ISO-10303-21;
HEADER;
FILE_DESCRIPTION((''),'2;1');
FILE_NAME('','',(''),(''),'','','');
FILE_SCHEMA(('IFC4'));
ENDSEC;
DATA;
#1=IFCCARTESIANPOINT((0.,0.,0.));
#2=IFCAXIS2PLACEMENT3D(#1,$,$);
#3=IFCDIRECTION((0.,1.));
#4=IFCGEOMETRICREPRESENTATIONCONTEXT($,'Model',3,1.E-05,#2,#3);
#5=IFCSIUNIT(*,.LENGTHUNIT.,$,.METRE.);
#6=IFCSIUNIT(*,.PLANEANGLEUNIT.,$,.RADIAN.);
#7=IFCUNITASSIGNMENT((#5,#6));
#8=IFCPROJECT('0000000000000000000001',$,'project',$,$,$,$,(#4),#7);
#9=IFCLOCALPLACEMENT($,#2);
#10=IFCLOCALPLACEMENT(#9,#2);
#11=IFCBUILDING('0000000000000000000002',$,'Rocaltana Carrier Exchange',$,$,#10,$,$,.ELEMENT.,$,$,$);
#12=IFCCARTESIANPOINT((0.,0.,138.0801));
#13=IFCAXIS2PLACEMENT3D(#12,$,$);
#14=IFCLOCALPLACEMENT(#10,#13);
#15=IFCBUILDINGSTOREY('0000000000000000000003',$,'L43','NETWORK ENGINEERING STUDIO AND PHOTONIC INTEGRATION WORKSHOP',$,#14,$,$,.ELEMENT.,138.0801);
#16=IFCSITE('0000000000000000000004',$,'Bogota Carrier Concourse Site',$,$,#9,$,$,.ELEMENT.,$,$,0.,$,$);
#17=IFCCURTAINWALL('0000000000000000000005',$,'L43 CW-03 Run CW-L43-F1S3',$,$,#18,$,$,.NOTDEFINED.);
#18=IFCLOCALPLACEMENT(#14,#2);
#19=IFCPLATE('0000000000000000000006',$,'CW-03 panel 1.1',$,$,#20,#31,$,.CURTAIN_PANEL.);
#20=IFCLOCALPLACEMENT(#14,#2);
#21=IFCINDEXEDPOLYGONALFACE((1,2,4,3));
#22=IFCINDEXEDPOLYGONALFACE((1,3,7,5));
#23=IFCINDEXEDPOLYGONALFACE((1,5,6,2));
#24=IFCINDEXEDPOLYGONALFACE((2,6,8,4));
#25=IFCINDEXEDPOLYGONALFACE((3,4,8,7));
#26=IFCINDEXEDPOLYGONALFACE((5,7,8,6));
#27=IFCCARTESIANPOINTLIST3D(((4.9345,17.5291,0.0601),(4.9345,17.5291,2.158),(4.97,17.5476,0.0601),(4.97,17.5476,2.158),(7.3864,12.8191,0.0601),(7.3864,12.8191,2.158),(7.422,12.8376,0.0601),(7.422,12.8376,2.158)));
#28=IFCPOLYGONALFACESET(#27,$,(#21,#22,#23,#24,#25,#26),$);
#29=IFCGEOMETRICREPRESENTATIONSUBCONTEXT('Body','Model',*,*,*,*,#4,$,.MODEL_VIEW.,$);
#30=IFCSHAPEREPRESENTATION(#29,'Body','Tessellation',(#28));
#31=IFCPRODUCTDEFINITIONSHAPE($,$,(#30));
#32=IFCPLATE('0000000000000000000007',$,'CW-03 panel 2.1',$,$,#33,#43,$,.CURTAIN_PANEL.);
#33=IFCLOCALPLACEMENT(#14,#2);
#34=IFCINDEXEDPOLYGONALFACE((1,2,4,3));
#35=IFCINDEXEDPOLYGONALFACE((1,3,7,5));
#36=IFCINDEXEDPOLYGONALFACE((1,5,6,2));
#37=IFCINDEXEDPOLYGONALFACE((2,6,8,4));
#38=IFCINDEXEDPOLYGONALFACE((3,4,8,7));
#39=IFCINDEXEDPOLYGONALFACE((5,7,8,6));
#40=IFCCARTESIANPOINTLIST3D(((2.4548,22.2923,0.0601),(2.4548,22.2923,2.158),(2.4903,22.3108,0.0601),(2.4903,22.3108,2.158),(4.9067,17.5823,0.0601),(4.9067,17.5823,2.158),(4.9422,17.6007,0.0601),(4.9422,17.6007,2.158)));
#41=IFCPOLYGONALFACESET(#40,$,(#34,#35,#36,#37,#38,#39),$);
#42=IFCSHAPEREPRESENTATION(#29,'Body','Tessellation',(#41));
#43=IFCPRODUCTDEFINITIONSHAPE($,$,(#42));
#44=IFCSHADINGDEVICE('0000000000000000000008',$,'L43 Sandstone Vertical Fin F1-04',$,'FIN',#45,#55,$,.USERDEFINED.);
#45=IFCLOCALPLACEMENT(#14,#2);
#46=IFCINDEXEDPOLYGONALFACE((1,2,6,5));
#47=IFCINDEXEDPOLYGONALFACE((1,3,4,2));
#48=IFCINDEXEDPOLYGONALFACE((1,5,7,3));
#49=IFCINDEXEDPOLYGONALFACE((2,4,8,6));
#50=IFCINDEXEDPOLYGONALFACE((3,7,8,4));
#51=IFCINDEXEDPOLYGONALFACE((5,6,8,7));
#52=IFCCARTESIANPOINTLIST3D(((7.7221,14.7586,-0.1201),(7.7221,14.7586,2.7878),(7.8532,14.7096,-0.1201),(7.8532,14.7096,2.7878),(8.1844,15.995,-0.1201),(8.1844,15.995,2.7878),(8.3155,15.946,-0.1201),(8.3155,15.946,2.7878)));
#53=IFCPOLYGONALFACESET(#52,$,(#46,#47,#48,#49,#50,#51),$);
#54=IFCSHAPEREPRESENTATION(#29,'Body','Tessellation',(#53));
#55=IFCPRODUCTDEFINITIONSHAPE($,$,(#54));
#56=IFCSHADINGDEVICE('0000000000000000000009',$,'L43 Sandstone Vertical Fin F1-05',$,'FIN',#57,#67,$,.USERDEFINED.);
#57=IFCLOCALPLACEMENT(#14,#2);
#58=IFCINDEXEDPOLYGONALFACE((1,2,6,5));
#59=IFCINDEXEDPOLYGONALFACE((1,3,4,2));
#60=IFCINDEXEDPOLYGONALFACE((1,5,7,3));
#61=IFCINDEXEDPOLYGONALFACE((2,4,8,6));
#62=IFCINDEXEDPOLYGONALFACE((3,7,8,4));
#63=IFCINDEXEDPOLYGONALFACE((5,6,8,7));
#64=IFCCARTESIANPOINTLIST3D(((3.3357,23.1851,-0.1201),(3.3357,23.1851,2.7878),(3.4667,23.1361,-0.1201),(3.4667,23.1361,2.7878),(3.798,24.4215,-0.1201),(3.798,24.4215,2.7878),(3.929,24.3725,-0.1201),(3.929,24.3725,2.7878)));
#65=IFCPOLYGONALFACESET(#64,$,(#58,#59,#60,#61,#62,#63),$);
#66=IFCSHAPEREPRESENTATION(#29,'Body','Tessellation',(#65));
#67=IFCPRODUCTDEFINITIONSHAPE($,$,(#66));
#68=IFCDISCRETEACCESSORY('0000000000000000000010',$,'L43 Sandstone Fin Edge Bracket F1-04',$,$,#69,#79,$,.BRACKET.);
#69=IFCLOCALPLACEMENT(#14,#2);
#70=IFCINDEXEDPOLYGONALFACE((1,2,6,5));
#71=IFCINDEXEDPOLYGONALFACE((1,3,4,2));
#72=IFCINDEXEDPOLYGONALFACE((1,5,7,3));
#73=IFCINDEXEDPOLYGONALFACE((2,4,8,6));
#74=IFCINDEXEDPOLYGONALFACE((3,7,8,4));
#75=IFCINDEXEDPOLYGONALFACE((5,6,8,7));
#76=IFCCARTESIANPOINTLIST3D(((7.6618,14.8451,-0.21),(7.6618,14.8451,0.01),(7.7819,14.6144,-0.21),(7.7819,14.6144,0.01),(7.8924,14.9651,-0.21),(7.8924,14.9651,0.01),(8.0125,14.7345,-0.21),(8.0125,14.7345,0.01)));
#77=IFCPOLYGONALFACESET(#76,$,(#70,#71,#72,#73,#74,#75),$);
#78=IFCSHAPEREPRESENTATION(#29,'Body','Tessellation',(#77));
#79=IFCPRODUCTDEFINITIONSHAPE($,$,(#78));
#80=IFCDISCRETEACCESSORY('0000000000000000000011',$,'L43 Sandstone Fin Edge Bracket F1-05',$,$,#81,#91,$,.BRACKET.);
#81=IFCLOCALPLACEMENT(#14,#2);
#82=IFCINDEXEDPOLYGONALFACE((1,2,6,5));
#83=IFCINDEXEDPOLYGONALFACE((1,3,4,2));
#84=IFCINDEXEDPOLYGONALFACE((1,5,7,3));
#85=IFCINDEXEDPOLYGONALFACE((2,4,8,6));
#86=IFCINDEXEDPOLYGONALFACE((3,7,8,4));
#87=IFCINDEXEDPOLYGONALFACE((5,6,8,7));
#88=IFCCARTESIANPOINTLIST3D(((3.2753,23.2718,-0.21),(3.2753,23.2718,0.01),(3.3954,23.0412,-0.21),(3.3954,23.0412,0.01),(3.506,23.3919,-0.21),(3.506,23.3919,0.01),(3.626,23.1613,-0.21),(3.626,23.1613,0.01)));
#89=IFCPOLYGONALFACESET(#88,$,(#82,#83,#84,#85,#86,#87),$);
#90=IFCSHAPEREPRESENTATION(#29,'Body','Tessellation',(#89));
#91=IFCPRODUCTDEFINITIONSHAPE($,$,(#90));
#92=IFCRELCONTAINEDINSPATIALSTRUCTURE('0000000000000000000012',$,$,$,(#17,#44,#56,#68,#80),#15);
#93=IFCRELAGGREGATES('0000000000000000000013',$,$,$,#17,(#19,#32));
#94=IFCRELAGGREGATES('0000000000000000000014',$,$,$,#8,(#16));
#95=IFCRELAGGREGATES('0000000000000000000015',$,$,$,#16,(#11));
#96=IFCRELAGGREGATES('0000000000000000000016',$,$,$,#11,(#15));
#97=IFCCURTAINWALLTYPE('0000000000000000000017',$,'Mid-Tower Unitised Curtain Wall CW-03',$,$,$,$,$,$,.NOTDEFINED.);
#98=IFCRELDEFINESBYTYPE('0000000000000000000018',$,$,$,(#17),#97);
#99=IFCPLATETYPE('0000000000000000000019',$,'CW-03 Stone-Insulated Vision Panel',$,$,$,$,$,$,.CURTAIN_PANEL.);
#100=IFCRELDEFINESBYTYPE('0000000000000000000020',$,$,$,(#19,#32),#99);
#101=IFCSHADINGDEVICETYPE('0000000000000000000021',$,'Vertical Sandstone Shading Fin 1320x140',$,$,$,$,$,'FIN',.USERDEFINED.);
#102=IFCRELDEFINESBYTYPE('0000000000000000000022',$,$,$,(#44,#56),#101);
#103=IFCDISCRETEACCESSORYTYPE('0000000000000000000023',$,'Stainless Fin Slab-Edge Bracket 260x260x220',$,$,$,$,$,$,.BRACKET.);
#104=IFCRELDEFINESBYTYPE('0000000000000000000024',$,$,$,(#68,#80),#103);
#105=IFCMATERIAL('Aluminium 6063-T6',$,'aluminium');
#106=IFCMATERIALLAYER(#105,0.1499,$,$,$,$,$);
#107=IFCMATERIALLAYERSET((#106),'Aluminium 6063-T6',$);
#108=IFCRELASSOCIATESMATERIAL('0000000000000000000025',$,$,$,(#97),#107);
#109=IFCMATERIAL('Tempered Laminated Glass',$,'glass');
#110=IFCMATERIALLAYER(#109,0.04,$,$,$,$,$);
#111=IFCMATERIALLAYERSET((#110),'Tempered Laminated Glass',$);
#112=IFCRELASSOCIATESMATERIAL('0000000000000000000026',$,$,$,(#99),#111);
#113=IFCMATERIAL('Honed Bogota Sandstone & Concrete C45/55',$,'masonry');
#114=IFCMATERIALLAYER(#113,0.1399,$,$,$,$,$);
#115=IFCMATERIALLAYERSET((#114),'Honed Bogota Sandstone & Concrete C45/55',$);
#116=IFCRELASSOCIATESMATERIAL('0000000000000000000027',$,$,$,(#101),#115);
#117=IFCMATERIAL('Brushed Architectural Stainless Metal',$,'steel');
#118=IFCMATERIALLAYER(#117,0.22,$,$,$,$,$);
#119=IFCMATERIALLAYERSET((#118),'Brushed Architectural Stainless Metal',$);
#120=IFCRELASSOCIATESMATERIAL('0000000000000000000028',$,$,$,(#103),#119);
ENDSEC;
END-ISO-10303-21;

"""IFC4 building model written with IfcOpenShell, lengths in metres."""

from ifc_helpers import new_model, si_unit, direction, frame, origin, origin_2d, place, context, subcontext, project, spatial, rectangle, extrude, material, layer, layer_set, type_object, element, aggregate, save


model = new_model("IFC4")

# Units and contexts
model_context = context("Model", 3, precision=1e-05, world=origin(), true_north=direction((0.0, 1.0)))
body_context = subcontext(model_context, "Body", "Model", "MODEL_VIEW")
ifc_project = project(units=[si_unit("LENGTHUNIT", "METRE"), si_unit("PLANEANGLEUNIT", "RADIAN")], contexts=[model_context])

# Site, building, storey
site_placement = place(None, origin())
site = spatial("IfcSite", under=ifc_project, at=site_placement, Name="Bogota Carrier Concourse Site", CompositionType="ELEMENT", RefElevation=0.0)
building_placement = place(site_placement, origin())
building = spatial("IfcBuilding", under=site, at=building_placement, Name="Rocaltana Carrier Exchange", CompositionType="ELEMENT")
storey_placement = place(building_placement, frame((0.0, 0.0, 138.0801)))
storey = spatial("IfcBuildingStorey", under=building, at=storey_placement, Name="L43", Description="NETWORK ENGINEERING STUDIO AND PHOTONIC INTEGRATION WORKSHOP", CompositionType="ELEMENT", Elevation=138.0801)

# Curtain wall
ifc_material_1 = material(Name="Aluminium 6063-T6", Category="aluminium")
ifc_layer_1 = layer(ifc_material_1, 0.1499)
ifc_layer_set_1 = layer_set([ifc_layer_1], Name="Aluminium 6063-T6")
curtain_wall_type = type_object("IfcCurtainWallType", Name="Mid-Tower Unitised Curtain Wall CW-03", PredefinedType="NOTDEFINED", material=ifc_layer_set_1)
curtain_wall_placement = place(storey_placement, origin())
curtain_wall = element("IfcCurtainWall", 1, at=curtain_wall_placement, inside=storey, type_object=curtain_wall_type, Name="L43 CW-03 Run CW-L43-F1S3", PredefinedType="NOTDEFINED")

# Plates
ifc_material_2 = material(Name="Tempered Laminated Glass", Category="glass")
ifc_layer_2 = layer(ifc_material_2, 0.04)
ifc_layer_set_2 = layer_set([ifc_layer_2], Name="Tempered Laminated Glass")
plate_type = type_object("IfcPlateType", Name="CW-03 Stone-Insulated Vision Panel", PredefinedType="CURTAIN_PANEL", material=ifc_layer_set_2)
plate_1_placement = place(storey_placement, frame((6.1782, 15.1833, 0.0601), z_axis=(0.0, 0.0, 1.0), x_axis=(-0.461754, 0.887008, 0.0)))
plate_1 = element("IfcPlate", 2, at=plate_1_placement, type_object=plate_type, Name="CW-03 panel 1.1", PredefinedType="CURTAIN_PANEL", context=body_context, shape_type="SweptSolid", body=[
    extrude(rectangle(XDim=5.3101, YDim=0.04, at=origin_2d()), origin(), (0.0, 0.0, 1.0), 2.0979),
])
plate_2_placement = place(storey_placement, frame((3.6985, 19.9465, 0.0601), z_axis=(0.0, 0.0, 1.0), x_axis=(-0.461754, 0.887008, 0.0)))
plate_2 = element("IfcPlate", 3, at=plate_2_placement, type_object=plate_type, Name="CW-03 panel 2.1", PredefinedType="CURTAIN_PANEL", context=body_context, shape_type="SweptSolid", body=[
    extrude(rectangle(XDim=5.3101, YDim=0.04, at=origin_2d()), origin(), (0.0, 0.0, 1.0), 2.0979),
])
aggregate(curtain_wall, [plate_1, plate_2])

# Shading devices
ifc_material_3 = material(Name="Honed Bogota Sandstone & Concrete C45/55", Category="masonry")
ifc_layer_3 = layer(ifc_material_3, 0.1399)
ifc_layer_set_3 = layer_set([ifc_layer_3], Name="Honed Bogota Sandstone & Concrete C45/55")
shading_device_type = type_object("IfcShadingDeviceType", Name="Vertical Sandstone Shading Fin 1320x140", ElementType="FIN", PredefinedType="USERDEFINED", material=ifc_layer_set_3)
for number, where, z_axis, x_axis, name in (
    (4, (8.0188, 15.3523, -0.1201), (0.0, 0.0, 1.0), (0.350207, 0.936672, 0.0), "L43 Sandstone Vertical Fin F1-04"),
    (5, (3.6323, 23.7788, -0.1201), (0.0, 0.0, 1.0), (0.350207, 0.936672, 0.0), "L43 Sandstone Vertical Fin F1-05"),
):
    element("IfcShadingDevice", number, at=place(storey_placement, frame(where, z_axis=z_axis, x_axis=x_axis)), inside=storey, type_object=shading_device_type, Name=name, ObjectType="FIN", PredefinedType="USERDEFINED", context=body_context, shape_type="SweptSolid", body=[
        extrude(rectangle(XDim=1.3201, YDim=0.1399, at=origin_2d()), origin(), (0.0, 0.0, 1.0), 2.908),
    ])

# Discrete accessories
ifc_material_4 = material(Name="Brushed Architectural Stainless Metal", Category="steel")
ifc_layer_4 = layer(ifc_material_4, 0.22)
ifc_layer_set_4 = layer_set([ifc_layer_4], Name="Brushed Architectural Stainless Metal")
discrete_accessory_type = type_object("IfcDiscreteAccessoryType", Name="Stainless Fin Slab-Edge Bracket 260x260x220", PredefinedType="BRACKET", material=ifc_layer_set_4)
for number, where, z_axis, x_axis, name in (
    (6, (7.8372, 14.7898, -0.21), (0.0, 0.0, 1.0), (-0.461749, 0.887011, 0.0), "L43 Sandstone Fin Edge Bracket F1-04"),
    (7, (3.4507, 23.2166, -0.21), (0.0, 0.0, 1.0), (-0.461749, 0.887011, 0.0), "L43 Sandstone Fin Edge Bracket F1-05"),
):
    element("IfcDiscreteAccessory", number, at=place(storey_placement, frame(where, z_axis=z_axis, x_axis=x_axis)), inside=storey, type_object=discrete_accessory_type, Name=name, PredefinedType="BRACKET", context=body_context, shape_type="SweptSolid", body=[
        extrude(rectangle(XDim=0.26, YDim=0.26, at=origin_2d()), origin(), (0.0, 0.0, 1.0), 0.22),
    ])

save(model, "model.ifc")
